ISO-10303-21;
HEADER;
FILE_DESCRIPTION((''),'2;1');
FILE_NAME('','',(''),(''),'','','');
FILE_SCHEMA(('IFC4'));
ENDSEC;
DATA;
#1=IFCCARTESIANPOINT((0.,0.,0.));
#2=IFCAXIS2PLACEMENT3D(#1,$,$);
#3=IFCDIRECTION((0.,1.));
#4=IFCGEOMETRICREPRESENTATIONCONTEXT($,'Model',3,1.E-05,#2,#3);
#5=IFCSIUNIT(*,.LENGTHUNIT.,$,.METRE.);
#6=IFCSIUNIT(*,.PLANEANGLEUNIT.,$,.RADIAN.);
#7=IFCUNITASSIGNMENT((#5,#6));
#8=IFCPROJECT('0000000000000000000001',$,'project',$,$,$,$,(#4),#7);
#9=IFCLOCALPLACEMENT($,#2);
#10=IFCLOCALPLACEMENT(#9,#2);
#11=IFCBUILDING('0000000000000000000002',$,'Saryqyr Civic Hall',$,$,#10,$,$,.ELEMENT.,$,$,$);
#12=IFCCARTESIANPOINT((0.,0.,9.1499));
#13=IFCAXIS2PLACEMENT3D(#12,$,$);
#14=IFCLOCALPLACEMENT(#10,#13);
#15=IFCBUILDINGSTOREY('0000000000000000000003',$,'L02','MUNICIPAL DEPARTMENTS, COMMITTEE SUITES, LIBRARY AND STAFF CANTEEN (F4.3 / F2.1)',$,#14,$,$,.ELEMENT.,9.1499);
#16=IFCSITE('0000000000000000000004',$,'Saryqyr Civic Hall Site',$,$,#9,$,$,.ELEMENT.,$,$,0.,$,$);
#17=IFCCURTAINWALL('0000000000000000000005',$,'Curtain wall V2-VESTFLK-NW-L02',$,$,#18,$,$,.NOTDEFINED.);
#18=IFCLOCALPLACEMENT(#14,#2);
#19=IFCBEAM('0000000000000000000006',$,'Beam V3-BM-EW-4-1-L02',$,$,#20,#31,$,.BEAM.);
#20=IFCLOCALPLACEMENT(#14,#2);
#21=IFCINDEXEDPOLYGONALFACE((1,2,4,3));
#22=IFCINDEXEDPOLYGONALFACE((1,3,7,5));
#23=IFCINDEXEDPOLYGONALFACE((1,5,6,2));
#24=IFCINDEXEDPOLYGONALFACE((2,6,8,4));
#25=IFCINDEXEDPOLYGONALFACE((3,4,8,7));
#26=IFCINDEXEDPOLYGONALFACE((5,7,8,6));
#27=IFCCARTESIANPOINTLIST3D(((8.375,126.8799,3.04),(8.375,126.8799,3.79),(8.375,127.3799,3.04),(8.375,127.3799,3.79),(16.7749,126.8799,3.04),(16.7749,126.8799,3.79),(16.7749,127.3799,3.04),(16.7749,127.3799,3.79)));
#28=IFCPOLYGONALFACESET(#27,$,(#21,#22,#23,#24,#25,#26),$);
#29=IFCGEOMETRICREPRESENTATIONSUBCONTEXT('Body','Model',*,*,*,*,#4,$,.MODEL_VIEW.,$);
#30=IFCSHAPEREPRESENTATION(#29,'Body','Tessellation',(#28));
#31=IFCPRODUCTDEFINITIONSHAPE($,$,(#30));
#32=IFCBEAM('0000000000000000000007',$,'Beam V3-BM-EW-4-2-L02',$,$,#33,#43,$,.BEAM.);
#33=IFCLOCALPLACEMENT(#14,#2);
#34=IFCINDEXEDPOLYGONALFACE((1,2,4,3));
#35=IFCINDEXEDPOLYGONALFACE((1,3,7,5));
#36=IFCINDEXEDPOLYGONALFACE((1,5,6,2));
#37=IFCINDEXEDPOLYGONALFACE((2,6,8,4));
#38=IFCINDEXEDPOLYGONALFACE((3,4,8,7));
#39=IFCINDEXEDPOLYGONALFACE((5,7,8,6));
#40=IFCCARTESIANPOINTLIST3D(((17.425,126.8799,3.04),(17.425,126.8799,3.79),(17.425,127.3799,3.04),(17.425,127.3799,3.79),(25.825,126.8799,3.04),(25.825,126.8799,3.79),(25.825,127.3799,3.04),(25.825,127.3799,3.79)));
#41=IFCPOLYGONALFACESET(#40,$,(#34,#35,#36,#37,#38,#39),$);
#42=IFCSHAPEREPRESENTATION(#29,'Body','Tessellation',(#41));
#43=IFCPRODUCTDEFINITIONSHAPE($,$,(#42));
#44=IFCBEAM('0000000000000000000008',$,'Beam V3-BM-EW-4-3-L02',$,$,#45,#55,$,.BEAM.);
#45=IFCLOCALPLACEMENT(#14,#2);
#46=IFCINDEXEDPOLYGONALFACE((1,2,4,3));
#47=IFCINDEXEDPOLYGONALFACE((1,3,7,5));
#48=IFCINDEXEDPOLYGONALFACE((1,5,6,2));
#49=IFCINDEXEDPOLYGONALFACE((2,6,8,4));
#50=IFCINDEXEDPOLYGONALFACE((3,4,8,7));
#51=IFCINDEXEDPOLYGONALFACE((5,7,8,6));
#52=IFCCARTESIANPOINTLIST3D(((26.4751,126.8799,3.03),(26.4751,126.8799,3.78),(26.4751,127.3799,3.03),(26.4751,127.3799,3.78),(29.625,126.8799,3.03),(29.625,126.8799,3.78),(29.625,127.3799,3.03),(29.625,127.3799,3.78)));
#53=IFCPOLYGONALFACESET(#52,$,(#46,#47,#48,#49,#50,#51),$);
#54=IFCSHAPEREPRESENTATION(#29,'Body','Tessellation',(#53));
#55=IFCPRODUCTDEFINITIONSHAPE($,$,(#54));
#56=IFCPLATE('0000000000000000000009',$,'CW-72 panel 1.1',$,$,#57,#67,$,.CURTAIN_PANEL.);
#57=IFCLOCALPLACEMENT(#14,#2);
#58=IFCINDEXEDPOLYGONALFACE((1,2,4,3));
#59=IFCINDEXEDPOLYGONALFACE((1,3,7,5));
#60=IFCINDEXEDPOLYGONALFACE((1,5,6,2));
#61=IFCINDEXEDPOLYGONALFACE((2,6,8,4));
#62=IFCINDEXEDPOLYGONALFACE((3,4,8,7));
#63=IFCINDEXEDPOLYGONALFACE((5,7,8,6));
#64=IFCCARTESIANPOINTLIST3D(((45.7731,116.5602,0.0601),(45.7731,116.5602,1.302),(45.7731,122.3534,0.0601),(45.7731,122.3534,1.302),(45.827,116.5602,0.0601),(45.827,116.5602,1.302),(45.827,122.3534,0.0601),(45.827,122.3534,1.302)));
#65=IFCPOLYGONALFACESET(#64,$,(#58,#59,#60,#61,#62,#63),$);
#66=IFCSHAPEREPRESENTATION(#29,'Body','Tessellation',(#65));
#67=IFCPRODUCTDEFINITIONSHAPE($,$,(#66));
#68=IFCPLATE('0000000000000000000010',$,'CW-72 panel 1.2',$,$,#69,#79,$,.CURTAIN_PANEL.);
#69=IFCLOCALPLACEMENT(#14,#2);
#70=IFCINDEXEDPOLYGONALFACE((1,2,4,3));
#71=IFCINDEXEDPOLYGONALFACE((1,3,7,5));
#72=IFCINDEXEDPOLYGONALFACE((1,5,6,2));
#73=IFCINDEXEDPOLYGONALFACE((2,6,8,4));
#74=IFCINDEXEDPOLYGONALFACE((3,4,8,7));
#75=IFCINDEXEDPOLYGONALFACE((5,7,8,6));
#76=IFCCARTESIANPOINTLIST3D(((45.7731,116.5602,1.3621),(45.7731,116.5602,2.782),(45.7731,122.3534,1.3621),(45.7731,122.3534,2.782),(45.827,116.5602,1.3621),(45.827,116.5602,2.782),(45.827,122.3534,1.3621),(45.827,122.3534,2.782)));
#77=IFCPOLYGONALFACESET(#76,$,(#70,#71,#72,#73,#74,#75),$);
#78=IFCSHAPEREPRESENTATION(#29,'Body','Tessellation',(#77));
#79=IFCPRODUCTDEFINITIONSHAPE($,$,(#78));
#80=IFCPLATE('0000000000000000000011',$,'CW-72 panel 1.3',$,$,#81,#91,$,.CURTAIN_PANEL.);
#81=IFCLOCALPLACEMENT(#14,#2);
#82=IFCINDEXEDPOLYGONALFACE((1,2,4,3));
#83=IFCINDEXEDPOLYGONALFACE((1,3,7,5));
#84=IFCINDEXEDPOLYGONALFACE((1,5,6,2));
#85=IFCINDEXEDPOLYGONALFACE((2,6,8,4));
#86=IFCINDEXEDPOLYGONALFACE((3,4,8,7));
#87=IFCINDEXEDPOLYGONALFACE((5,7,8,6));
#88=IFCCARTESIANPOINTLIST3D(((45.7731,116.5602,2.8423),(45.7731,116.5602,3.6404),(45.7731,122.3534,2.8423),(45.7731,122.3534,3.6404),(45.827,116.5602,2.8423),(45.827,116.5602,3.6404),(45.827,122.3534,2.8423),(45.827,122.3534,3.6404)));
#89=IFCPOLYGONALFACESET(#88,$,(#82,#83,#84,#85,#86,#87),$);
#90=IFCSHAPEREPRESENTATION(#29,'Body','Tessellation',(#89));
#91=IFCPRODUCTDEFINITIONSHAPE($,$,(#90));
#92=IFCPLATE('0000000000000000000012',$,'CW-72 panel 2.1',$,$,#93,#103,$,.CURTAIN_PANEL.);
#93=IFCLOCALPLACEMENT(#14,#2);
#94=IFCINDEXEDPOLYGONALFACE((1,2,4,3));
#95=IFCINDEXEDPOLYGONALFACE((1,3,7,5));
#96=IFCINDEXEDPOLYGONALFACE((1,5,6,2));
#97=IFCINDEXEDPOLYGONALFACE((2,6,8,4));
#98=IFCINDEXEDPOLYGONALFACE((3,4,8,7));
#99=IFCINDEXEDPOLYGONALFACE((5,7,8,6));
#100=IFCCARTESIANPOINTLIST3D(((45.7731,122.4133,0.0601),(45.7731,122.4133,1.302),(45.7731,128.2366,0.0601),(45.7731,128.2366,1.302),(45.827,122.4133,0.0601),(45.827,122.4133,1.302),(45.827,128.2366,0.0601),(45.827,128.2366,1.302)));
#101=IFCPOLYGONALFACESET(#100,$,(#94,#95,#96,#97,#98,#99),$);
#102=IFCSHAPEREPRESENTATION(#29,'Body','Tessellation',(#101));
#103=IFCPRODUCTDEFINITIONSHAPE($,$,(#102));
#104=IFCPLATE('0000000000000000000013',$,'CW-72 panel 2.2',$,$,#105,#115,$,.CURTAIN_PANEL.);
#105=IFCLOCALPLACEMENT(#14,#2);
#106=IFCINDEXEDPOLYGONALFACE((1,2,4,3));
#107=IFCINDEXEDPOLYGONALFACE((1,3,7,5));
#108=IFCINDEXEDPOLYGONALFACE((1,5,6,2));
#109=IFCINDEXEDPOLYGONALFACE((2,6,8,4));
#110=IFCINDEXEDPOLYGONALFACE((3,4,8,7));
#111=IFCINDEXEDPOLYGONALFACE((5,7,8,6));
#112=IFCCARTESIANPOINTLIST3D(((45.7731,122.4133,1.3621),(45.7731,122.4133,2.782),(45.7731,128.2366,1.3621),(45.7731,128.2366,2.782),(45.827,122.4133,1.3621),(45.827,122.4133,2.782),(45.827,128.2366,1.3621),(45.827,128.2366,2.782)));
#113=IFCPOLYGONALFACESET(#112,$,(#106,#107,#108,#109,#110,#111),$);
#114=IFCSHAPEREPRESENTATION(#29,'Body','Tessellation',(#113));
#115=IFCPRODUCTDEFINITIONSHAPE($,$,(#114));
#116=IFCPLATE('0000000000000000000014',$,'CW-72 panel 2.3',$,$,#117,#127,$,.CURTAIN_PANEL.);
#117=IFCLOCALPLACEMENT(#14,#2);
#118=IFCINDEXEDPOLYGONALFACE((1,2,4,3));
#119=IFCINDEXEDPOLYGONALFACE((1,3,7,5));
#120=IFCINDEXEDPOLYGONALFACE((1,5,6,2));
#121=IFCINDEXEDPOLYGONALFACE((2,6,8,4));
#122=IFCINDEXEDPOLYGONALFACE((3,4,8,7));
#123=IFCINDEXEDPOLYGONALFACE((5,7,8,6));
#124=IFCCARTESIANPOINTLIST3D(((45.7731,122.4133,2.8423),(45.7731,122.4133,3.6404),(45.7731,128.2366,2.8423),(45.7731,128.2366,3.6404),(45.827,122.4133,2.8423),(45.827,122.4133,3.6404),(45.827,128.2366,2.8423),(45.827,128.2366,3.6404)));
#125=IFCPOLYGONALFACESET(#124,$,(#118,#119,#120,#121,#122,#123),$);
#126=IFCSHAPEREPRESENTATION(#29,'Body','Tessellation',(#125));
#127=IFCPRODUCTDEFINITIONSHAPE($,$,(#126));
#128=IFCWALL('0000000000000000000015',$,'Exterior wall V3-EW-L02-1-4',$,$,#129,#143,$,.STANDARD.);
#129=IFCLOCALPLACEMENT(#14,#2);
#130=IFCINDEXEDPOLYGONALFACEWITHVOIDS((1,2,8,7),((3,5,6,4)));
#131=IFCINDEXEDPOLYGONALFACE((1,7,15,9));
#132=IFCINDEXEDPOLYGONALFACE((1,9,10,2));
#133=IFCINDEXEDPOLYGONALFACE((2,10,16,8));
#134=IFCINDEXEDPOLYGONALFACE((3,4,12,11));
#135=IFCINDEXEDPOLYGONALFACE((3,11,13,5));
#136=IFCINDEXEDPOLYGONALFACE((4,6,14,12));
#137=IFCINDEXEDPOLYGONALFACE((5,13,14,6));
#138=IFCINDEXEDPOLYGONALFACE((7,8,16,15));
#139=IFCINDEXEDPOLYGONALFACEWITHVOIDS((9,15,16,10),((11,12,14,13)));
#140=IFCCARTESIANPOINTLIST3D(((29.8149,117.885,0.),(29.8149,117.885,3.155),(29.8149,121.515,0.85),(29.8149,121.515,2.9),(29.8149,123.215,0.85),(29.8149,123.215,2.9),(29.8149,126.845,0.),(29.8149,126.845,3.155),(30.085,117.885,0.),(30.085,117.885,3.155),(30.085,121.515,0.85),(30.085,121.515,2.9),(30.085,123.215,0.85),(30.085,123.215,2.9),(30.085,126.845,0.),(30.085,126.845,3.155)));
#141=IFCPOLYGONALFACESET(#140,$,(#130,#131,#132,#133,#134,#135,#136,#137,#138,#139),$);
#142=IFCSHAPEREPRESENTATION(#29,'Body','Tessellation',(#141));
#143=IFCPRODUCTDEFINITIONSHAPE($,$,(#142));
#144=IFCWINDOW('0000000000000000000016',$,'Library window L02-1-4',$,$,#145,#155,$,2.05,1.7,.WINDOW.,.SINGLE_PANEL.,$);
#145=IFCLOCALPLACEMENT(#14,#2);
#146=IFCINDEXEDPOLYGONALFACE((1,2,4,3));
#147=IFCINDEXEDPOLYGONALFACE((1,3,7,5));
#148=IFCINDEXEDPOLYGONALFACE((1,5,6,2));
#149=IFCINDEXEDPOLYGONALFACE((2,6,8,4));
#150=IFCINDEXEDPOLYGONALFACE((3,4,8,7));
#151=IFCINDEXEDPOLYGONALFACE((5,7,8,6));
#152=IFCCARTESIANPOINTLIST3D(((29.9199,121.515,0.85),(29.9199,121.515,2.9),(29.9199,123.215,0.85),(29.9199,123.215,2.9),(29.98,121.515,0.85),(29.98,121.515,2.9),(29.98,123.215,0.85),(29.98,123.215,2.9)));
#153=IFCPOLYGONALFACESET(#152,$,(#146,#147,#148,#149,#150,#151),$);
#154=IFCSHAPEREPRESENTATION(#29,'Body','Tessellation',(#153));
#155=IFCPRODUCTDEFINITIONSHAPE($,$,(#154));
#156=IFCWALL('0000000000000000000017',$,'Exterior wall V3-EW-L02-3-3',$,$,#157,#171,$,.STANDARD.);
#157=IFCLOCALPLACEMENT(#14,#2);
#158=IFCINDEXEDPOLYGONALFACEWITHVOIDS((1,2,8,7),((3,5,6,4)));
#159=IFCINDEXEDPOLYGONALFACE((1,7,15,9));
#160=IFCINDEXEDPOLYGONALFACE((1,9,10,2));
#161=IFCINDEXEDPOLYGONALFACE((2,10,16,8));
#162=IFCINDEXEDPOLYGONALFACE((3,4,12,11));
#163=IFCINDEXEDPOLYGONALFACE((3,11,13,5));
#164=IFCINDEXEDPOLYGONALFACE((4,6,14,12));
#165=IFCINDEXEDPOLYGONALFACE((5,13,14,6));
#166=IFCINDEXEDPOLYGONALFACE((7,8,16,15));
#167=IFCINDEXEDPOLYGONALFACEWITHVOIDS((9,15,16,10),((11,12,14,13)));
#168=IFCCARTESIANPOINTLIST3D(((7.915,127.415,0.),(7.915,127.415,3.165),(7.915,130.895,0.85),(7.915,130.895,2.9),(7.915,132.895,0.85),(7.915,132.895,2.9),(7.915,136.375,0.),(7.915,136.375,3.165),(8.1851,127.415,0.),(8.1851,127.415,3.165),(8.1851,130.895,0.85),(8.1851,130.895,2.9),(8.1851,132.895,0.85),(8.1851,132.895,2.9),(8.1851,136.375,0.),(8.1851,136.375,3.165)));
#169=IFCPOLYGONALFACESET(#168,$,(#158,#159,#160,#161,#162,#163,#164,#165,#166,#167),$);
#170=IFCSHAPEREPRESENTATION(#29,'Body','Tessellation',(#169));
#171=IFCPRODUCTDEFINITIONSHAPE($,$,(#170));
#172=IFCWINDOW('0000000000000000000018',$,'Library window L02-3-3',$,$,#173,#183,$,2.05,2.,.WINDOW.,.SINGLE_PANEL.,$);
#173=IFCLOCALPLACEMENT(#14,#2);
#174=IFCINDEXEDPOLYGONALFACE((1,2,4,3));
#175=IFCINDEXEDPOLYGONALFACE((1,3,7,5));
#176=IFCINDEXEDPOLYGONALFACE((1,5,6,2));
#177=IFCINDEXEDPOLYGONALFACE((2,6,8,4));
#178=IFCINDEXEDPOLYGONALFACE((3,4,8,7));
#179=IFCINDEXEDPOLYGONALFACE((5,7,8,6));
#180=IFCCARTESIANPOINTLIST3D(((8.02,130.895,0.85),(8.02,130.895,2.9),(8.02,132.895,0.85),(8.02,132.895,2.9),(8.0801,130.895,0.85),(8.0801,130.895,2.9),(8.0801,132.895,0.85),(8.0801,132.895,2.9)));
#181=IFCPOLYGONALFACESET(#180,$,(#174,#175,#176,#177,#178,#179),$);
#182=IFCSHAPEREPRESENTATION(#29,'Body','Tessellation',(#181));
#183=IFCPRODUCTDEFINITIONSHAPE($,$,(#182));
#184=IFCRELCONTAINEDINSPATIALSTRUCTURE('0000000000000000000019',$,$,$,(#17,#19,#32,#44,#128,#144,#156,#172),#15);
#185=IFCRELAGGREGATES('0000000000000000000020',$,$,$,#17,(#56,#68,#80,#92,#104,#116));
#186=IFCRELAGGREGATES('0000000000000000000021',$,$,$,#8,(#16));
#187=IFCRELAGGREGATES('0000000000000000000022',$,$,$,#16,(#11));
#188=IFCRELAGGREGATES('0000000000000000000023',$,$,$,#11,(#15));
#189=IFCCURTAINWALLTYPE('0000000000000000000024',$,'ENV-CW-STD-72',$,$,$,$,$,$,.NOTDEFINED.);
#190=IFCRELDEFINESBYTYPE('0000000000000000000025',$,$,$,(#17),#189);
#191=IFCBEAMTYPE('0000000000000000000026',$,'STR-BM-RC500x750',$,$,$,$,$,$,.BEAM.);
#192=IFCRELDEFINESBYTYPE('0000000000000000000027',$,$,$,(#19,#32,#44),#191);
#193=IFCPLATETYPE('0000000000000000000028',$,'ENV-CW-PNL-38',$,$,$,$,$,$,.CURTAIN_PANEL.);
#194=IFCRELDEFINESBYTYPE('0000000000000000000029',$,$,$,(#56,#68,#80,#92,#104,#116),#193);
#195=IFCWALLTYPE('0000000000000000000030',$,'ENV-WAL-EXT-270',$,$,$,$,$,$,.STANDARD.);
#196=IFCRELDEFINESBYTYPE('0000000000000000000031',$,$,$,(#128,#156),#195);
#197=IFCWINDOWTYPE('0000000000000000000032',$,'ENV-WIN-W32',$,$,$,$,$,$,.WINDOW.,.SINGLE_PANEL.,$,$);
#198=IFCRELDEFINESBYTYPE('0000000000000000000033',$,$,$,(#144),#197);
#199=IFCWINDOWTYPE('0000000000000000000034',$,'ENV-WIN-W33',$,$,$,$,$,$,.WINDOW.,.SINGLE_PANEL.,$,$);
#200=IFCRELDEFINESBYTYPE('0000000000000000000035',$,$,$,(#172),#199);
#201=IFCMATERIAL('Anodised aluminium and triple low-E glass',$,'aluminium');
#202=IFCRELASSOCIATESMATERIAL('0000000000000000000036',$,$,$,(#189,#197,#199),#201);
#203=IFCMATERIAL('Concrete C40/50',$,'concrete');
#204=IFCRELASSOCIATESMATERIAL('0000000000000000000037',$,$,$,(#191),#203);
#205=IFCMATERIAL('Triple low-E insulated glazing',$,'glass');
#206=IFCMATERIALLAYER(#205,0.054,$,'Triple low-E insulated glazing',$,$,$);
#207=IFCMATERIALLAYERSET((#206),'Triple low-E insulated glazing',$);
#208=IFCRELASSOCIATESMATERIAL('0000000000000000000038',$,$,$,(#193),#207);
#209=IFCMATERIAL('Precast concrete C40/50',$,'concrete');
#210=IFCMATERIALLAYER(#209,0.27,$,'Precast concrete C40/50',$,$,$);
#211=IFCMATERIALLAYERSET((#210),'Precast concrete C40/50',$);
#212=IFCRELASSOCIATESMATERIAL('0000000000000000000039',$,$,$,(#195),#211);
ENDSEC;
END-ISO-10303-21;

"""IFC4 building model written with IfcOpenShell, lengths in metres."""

from ifc_helpers import new_model, si_unit, direction, frame, frame_2d, origin, origin_2d, place, context, subcontext, project, spatial, rectangle, extrude, material, layer, layer_set, material_profile, profile_set, type_object, element, fill, aggregate, save


model = new_model("IFC4")

# Units and contexts
model_context = context("Model", 3, precision=1e-05, world=origin(), true_north=direction((0.0, 1.0)))
body_context = subcontext(model_context, "Body", "Model", "MODEL_VIEW")
ifc_project = project(units=[si_unit("LENGTHUNIT", "METRE"), si_unit("PLANEANGLEUNIT", "RADIAN")], contexts=[model_context])

# Site, building, storey
site_placement = place(None, origin())
site = spatial("IfcSite", under=ifc_project, at=site_placement, Name="Saryqyr Civic Hall Site", CompositionType="ELEMENT", RefElevation=0.0)
building_placement = place(site_placement, origin())
building = spatial("IfcBuilding", under=site, at=building_placement, Name="Saryqyr Civic Hall", CompositionType="ELEMENT")
storey_placement = place(building_placement, frame((0.0, 0.0, 9.1499)))
storey = spatial("IfcBuildingStorey", under=building, at=storey_placement, Name="L02", Description="MUNICIPAL DEPARTMENTS, COMMITTEE SUITES, LIBRARY AND STAFF CANTEEN (F4.3 / F2.1)", CompositionType="ELEMENT", Elevation=9.1499)

# Shared definitions
ifc_material_1 = material(Name="Concrete C40/50", Category="concrete")

# Curtain wall
ifc_material_2 = material(Name="Anodised aluminium and triple low-E glass", Category="aluminium")
curtain_wall_type = type_object("IfcCurtainWallType", Name="ENV-CW-STD-72", PredefinedType="NOTDEFINED", material=ifc_material_2)
curtain_wall_placement = place(storey_placement, origin())
curtain_wall = element("IfcCurtainWall", 1, at=curtain_wall_placement, inside=storey, type_object=curtain_wall_type, Name="Curtain wall V2-VESTFLK-NW-L02", PredefinedType="NOTDEFINED")

# Beams
ifc_material_profile_1 = material_profile(ifc_material_1, rectangle(XDim=0.5, YDim=0.75, at=origin_2d()), Name="RC 500x750")
ifc_profile_set_1 = profile_set([ifc_material_profile_1], Name="Concrete C40/50")
beam_type_1 = type_object("IfcBeamType", Name="STR-BM-RC500x750", PredefinedType="BEAM", material=ifc_profile_set_1)
for number, where, z_axis, x_axis, name in (
    (2, (8.375, 127.1299, 3.415), (1.0, 0.0, 0.0), (0.0, 1.0, 0.0), "Beam V3-BM-EW-4-1-L02"),
    (3, (17.425, 127.1299, 3.415), (1.0, 0.0, 0.0), (0.0, 1.0, 0.0), "Beam V3-BM-EW-4-2-L02"),
):
    element("IfcBeam", number, at=place(storey_placement, frame(where, z_axis=z_axis, x_axis=x_axis)), inside=storey, type_object=beam_type_1, Name=name, PredefinedType="BEAM", context=body_context, shape_type="SweptSolid", body=[
        extrude(rectangle(XDim=0.5, YDim=0.75, at=origin_2d()), origin(), (0.0, 0.0, 1.0), 8.3999),
    ])
beam_placement = place(storey_placement, frame((26.4751, 127.1299, 3.405), z_axis=(1.0, 0.0, 0.0), x_axis=(0.0, 1.0, 0.0)))
element("IfcBeam", 4, at=beam_placement, inside=storey, type_object=beam_type_1, Name="Beam V3-BM-EW-4-3-L02", PredefinedType="BEAM", context=body_context, shape_type="SweptSolid", body=[
    extrude(rectangle(XDim=0.5, YDim=0.75, at=origin_2d()), origin(), (0.0, 0.0, 1.0), 3.1499),
])

# Plates
ifc_material_3 = material(Name="Triple low-E insulated glazing", Category="glass")
ifc_layer_1 = layer(ifc_material_3, 0.054, Name="Triple low-E insulated glazing")
ifc_layer_set_1 = layer_set([ifc_layer_1], Name="Triple low-E insulated glazing")
plate_type = type_object("IfcPlateType", Name="ENV-CW-PNL-38", PredefinedType="CURTAIN_PANEL", material=ifc_layer_set_1)
plate_1_placement = place(storey_placement, frame((45.8, 119.4568, 0.0601), z_axis=(0.0, 0.0, 1.0), x_axis=(0.0, 1.0, 0.0)))
plate_1 = element("IfcPlate", 5, at=plate_1_placement, type_object=plate_type, Name="CW-72 panel 1.1", PredefinedType="CURTAIN_PANEL", context=body_context, shape_type="SweptSolid", body=[
    extrude(rectangle(XDim=5.7932, YDim=0.054, at=origin_2d()), origin(), (0.0, 0.0, 1.0), 1.2419),
])
plate_2_placement = place(storey_placement, frame((45.8, 119.4568, 1.3621), z_axis=(0.0, 0.0, 1.0), x_axis=(0.0, 1.0, 0.0)))
plate_2 = element("IfcPlate", 6, at=plate_2_placement, type_object=plate_type, Name="CW-72 panel 1.2", PredefinedType="CURTAIN_PANEL", context=body_context, shape_type="SweptSolid", body=[
    extrude(rectangle(XDim=5.7932, YDim=0.054, at=origin_2d()), origin(), (0.0, 0.0, 1.0), 1.4199),
])
plate_3_placement = place(storey_placement, frame((45.8, 119.4568, 2.8423), z_axis=(0.0, 0.0, 1.0), x_axis=(0.0, 1.0, 0.0)))
plate_3 = element("IfcPlate", 7, at=plate_3_placement, type_object=plate_type, Name="CW-72 panel 1.3", PredefinedType="CURTAIN_PANEL", context=body_context, shape_type="SweptSolid", body=[
    extrude(rectangle(XDim=5.7932, YDim=0.054, at=origin_2d()), origin(), (0.0, 0.0, 1.0), 0.7981),
])
plate_4_placement = place(storey_placement, frame((45.8, 125.325, 0.0601), z_axis=(0.0, 0.0, 1.0), x_axis=(0.0, 1.0, 0.0)))
plate_4 = element("IfcPlate", 8, at=plate_4_placement, type_object=plate_type, Name="CW-72 panel 2.1", PredefinedType="CURTAIN_PANEL", context=body_context, shape_type="SweptSolid", body=[
    extrude(rectangle(XDim=5.8232, YDim=0.054, at=origin_2d()), origin(), (0.0, 0.0, 1.0), 1.2419),
])
plate_5_placement = place(storey_placement, frame((45.8, 125.325, 1.3621), z_axis=(0.0, 0.0, 1.0), x_axis=(0.0, 1.0, 0.0)))
plate_5 = element("IfcPlate", 9, at=plate_5_placement, type_object=plate_type, Name="CW-72 panel 2.2", PredefinedType="CURTAIN_PANEL", context=body_context, shape_type="SweptSolid", body=[
    extrude(rectangle(XDim=5.8232, YDim=0.054, at=origin_2d()), origin(), (0.0, 0.0, 1.0), 1.4199),
])
plate_6_placement = place(storey_placement, frame((45.8, 125.325, 2.8423), z_axis=(0.0, 0.0, 1.0), x_axis=(0.0, 1.0, 0.0)))
plate_6 = element("IfcPlate", 10, at=plate_6_placement, type_object=plate_type, Name="CW-72 panel 2.3", PredefinedType="CURTAIN_PANEL", context=body_context, shape_type="SweptSolid", body=[
    extrude(rectangle(XDim=5.8232, YDim=0.054, at=origin_2d()), origin(), (0.0, 0.0, 1.0), 0.7981),
])
aggregate(curtain_wall, [plate_1, plate_2, plate_3, plate_4, plate_5, plate_6])

# Walls, openings, windows
ifc_material_4 = material(Name="Precast concrete C40/50", Category="concrete")
ifc_layer_2 = layer(ifc_material_4, 0.27, Name="Precast concrete C40/50")
ifc_layer_set_2 = layer_set([ifc_layer_2], Name="Precast concrete C40/50")
wall_type_1 = type_object("IfcWallType", Name="ENV-WAL-EXT-270", PredefinedType="STANDARD", material=ifc_layer_set_2)
wall_1_placement = place(storey_placement, frame((29.95, 126.845, 0.0), z_axis=(0.0, 0.0, 1.0), x_axis=(0.0, -1.0, 0.0)))
wall_1 = element("IfcWall", 11, at=wall_1_placement, inside=storey, type_object=wall_type_1, Name="Exterior wall V3-EW-L02-1-4", PredefinedType="STANDARD", context=body_context, shape_type="SweptSolid", body=[
    extrude(rectangle(XDim=8.96, YDim=0.27, at=frame_2d((4.48, 0.0))), origin(), (0.0, 0.0, 1.0), 3.155),
])
opening_1_placement = place(wall_1_placement, frame((3.6299, 0.0, 0.8501)))
opening_1 = element("IfcOpeningElement", 12, at=opening_1_placement, cuts=wall_1, PredefinedType="OPENING", context=body_context, shape_type="SweptSolid", body=[
    extrude(rectangle(XDim=1.7, YDim=2.05, at=frame_2d((0.8501, 1.0249))), frame((0.0, 0.145, 0.0), z_axis=(0.0, -1.0, 0.0), x_axis=(1.0, 0.0, 0.0)), (0.0, 0.0, 1.0), 0.29),
])
window_type_1 = type_object("IfcWindowType", Name="ENV-WIN-W32", PartitioningType="SINGLE_PANEL", PredefinedType="WINDOW", material=ifc_material_2)
window_1_placement = place(opening_1_placement, origin())
window_1 = element("IfcWindow", 13, at=window_1_placement, inside=storey, type_object=window_type_1, Name="Library window L02-1-4", OverallHeight=2.05, OverallWidth=1.7, PartitioningType="SINGLE_PANEL", PredefinedType="WINDOW", context=body_context, shape_type="SweptSolid", body=[
    extrude(rectangle(XDim=1.7, YDim=2.05, at=frame_2d((0.8501, 1.0249))), frame((0.0, 0.03, 0.0), z_axis=(0.0, -1.0, 0.0), x_axis=(1.0, 0.0, 0.0)), (0.0, 0.0, 1.0), 0.0601),
])
fill(opening_1, window_1)
wall_2_placement = place(storey_placement, frame((8.05, 127.415, 0.0), z_axis=(0.0, 0.0, 1.0), x_axis=(0.0, 1.0, 0.0)))
wall_2 = element("IfcWall", 14, at=wall_2_placement, inside=storey, type_object=wall_type_1, Name="Exterior wall V3-EW-L02-3-3", PredefinedType="STANDARD", context=body_context, shape_type="SweptSolid", body=[
    extrude(rectangle(XDim=8.96, YDim=0.27, at=frame_2d((4.48, 0.0))), origin(), (0.0, 0.0, 1.0), 3.165),
])
opening_2_placement = place(wall_2_placement, frame((3.48, 0.0, 0.8501)))
opening_2 = element("IfcOpeningElement", 15, at=opening_2_placement, cuts=wall_2, PredefinedType="OPENING", context=body_context, shape_type="SweptSolid", body=[
    extrude(rectangle(XDim=2.0, YDim=2.05, at=frame_2d((1.0, 1.0249))), frame((0.0, 0.145, 0.0), z_axis=(0.0, -1.0, 0.0), x_axis=(1.0, 0.0, 0.0)), (0.0, 0.0, 1.0), 0.29),
])
window_type_2 = type_object("IfcWindowType", Name="ENV-WIN-W33", PartitioningType="SINGLE_PANEL", PredefinedType="WINDOW", material=ifc_material_2)
window_2_placement = place(opening_2_placement, origin())
window_2 = element("IfcWindow", 16, at=window_2_placement, inside=storey, type_object=window_type_2, Name="Library window L02-3-3", OverallHeight=2.05, OverallWidth=2.0, PartitioningType="SINGLE_PANEL", PredefinedType="WINDOW", context=body_context, shape_type="SweptSolid", body=[
    extrude(rectangle(XDim=2.0, YDim=2.05, at=frame_2d((1.0, 1.0249))), frame((0.0, 0.03, 0.0), z_axis=(0.0, -1.0, 0.0), x_axis=(1.0, 0.0, 0.0)), (0.0, 0.0, 1.0), 0.0601),
])
fill(opening_2, window_2)

save(model, "model.ifc")
